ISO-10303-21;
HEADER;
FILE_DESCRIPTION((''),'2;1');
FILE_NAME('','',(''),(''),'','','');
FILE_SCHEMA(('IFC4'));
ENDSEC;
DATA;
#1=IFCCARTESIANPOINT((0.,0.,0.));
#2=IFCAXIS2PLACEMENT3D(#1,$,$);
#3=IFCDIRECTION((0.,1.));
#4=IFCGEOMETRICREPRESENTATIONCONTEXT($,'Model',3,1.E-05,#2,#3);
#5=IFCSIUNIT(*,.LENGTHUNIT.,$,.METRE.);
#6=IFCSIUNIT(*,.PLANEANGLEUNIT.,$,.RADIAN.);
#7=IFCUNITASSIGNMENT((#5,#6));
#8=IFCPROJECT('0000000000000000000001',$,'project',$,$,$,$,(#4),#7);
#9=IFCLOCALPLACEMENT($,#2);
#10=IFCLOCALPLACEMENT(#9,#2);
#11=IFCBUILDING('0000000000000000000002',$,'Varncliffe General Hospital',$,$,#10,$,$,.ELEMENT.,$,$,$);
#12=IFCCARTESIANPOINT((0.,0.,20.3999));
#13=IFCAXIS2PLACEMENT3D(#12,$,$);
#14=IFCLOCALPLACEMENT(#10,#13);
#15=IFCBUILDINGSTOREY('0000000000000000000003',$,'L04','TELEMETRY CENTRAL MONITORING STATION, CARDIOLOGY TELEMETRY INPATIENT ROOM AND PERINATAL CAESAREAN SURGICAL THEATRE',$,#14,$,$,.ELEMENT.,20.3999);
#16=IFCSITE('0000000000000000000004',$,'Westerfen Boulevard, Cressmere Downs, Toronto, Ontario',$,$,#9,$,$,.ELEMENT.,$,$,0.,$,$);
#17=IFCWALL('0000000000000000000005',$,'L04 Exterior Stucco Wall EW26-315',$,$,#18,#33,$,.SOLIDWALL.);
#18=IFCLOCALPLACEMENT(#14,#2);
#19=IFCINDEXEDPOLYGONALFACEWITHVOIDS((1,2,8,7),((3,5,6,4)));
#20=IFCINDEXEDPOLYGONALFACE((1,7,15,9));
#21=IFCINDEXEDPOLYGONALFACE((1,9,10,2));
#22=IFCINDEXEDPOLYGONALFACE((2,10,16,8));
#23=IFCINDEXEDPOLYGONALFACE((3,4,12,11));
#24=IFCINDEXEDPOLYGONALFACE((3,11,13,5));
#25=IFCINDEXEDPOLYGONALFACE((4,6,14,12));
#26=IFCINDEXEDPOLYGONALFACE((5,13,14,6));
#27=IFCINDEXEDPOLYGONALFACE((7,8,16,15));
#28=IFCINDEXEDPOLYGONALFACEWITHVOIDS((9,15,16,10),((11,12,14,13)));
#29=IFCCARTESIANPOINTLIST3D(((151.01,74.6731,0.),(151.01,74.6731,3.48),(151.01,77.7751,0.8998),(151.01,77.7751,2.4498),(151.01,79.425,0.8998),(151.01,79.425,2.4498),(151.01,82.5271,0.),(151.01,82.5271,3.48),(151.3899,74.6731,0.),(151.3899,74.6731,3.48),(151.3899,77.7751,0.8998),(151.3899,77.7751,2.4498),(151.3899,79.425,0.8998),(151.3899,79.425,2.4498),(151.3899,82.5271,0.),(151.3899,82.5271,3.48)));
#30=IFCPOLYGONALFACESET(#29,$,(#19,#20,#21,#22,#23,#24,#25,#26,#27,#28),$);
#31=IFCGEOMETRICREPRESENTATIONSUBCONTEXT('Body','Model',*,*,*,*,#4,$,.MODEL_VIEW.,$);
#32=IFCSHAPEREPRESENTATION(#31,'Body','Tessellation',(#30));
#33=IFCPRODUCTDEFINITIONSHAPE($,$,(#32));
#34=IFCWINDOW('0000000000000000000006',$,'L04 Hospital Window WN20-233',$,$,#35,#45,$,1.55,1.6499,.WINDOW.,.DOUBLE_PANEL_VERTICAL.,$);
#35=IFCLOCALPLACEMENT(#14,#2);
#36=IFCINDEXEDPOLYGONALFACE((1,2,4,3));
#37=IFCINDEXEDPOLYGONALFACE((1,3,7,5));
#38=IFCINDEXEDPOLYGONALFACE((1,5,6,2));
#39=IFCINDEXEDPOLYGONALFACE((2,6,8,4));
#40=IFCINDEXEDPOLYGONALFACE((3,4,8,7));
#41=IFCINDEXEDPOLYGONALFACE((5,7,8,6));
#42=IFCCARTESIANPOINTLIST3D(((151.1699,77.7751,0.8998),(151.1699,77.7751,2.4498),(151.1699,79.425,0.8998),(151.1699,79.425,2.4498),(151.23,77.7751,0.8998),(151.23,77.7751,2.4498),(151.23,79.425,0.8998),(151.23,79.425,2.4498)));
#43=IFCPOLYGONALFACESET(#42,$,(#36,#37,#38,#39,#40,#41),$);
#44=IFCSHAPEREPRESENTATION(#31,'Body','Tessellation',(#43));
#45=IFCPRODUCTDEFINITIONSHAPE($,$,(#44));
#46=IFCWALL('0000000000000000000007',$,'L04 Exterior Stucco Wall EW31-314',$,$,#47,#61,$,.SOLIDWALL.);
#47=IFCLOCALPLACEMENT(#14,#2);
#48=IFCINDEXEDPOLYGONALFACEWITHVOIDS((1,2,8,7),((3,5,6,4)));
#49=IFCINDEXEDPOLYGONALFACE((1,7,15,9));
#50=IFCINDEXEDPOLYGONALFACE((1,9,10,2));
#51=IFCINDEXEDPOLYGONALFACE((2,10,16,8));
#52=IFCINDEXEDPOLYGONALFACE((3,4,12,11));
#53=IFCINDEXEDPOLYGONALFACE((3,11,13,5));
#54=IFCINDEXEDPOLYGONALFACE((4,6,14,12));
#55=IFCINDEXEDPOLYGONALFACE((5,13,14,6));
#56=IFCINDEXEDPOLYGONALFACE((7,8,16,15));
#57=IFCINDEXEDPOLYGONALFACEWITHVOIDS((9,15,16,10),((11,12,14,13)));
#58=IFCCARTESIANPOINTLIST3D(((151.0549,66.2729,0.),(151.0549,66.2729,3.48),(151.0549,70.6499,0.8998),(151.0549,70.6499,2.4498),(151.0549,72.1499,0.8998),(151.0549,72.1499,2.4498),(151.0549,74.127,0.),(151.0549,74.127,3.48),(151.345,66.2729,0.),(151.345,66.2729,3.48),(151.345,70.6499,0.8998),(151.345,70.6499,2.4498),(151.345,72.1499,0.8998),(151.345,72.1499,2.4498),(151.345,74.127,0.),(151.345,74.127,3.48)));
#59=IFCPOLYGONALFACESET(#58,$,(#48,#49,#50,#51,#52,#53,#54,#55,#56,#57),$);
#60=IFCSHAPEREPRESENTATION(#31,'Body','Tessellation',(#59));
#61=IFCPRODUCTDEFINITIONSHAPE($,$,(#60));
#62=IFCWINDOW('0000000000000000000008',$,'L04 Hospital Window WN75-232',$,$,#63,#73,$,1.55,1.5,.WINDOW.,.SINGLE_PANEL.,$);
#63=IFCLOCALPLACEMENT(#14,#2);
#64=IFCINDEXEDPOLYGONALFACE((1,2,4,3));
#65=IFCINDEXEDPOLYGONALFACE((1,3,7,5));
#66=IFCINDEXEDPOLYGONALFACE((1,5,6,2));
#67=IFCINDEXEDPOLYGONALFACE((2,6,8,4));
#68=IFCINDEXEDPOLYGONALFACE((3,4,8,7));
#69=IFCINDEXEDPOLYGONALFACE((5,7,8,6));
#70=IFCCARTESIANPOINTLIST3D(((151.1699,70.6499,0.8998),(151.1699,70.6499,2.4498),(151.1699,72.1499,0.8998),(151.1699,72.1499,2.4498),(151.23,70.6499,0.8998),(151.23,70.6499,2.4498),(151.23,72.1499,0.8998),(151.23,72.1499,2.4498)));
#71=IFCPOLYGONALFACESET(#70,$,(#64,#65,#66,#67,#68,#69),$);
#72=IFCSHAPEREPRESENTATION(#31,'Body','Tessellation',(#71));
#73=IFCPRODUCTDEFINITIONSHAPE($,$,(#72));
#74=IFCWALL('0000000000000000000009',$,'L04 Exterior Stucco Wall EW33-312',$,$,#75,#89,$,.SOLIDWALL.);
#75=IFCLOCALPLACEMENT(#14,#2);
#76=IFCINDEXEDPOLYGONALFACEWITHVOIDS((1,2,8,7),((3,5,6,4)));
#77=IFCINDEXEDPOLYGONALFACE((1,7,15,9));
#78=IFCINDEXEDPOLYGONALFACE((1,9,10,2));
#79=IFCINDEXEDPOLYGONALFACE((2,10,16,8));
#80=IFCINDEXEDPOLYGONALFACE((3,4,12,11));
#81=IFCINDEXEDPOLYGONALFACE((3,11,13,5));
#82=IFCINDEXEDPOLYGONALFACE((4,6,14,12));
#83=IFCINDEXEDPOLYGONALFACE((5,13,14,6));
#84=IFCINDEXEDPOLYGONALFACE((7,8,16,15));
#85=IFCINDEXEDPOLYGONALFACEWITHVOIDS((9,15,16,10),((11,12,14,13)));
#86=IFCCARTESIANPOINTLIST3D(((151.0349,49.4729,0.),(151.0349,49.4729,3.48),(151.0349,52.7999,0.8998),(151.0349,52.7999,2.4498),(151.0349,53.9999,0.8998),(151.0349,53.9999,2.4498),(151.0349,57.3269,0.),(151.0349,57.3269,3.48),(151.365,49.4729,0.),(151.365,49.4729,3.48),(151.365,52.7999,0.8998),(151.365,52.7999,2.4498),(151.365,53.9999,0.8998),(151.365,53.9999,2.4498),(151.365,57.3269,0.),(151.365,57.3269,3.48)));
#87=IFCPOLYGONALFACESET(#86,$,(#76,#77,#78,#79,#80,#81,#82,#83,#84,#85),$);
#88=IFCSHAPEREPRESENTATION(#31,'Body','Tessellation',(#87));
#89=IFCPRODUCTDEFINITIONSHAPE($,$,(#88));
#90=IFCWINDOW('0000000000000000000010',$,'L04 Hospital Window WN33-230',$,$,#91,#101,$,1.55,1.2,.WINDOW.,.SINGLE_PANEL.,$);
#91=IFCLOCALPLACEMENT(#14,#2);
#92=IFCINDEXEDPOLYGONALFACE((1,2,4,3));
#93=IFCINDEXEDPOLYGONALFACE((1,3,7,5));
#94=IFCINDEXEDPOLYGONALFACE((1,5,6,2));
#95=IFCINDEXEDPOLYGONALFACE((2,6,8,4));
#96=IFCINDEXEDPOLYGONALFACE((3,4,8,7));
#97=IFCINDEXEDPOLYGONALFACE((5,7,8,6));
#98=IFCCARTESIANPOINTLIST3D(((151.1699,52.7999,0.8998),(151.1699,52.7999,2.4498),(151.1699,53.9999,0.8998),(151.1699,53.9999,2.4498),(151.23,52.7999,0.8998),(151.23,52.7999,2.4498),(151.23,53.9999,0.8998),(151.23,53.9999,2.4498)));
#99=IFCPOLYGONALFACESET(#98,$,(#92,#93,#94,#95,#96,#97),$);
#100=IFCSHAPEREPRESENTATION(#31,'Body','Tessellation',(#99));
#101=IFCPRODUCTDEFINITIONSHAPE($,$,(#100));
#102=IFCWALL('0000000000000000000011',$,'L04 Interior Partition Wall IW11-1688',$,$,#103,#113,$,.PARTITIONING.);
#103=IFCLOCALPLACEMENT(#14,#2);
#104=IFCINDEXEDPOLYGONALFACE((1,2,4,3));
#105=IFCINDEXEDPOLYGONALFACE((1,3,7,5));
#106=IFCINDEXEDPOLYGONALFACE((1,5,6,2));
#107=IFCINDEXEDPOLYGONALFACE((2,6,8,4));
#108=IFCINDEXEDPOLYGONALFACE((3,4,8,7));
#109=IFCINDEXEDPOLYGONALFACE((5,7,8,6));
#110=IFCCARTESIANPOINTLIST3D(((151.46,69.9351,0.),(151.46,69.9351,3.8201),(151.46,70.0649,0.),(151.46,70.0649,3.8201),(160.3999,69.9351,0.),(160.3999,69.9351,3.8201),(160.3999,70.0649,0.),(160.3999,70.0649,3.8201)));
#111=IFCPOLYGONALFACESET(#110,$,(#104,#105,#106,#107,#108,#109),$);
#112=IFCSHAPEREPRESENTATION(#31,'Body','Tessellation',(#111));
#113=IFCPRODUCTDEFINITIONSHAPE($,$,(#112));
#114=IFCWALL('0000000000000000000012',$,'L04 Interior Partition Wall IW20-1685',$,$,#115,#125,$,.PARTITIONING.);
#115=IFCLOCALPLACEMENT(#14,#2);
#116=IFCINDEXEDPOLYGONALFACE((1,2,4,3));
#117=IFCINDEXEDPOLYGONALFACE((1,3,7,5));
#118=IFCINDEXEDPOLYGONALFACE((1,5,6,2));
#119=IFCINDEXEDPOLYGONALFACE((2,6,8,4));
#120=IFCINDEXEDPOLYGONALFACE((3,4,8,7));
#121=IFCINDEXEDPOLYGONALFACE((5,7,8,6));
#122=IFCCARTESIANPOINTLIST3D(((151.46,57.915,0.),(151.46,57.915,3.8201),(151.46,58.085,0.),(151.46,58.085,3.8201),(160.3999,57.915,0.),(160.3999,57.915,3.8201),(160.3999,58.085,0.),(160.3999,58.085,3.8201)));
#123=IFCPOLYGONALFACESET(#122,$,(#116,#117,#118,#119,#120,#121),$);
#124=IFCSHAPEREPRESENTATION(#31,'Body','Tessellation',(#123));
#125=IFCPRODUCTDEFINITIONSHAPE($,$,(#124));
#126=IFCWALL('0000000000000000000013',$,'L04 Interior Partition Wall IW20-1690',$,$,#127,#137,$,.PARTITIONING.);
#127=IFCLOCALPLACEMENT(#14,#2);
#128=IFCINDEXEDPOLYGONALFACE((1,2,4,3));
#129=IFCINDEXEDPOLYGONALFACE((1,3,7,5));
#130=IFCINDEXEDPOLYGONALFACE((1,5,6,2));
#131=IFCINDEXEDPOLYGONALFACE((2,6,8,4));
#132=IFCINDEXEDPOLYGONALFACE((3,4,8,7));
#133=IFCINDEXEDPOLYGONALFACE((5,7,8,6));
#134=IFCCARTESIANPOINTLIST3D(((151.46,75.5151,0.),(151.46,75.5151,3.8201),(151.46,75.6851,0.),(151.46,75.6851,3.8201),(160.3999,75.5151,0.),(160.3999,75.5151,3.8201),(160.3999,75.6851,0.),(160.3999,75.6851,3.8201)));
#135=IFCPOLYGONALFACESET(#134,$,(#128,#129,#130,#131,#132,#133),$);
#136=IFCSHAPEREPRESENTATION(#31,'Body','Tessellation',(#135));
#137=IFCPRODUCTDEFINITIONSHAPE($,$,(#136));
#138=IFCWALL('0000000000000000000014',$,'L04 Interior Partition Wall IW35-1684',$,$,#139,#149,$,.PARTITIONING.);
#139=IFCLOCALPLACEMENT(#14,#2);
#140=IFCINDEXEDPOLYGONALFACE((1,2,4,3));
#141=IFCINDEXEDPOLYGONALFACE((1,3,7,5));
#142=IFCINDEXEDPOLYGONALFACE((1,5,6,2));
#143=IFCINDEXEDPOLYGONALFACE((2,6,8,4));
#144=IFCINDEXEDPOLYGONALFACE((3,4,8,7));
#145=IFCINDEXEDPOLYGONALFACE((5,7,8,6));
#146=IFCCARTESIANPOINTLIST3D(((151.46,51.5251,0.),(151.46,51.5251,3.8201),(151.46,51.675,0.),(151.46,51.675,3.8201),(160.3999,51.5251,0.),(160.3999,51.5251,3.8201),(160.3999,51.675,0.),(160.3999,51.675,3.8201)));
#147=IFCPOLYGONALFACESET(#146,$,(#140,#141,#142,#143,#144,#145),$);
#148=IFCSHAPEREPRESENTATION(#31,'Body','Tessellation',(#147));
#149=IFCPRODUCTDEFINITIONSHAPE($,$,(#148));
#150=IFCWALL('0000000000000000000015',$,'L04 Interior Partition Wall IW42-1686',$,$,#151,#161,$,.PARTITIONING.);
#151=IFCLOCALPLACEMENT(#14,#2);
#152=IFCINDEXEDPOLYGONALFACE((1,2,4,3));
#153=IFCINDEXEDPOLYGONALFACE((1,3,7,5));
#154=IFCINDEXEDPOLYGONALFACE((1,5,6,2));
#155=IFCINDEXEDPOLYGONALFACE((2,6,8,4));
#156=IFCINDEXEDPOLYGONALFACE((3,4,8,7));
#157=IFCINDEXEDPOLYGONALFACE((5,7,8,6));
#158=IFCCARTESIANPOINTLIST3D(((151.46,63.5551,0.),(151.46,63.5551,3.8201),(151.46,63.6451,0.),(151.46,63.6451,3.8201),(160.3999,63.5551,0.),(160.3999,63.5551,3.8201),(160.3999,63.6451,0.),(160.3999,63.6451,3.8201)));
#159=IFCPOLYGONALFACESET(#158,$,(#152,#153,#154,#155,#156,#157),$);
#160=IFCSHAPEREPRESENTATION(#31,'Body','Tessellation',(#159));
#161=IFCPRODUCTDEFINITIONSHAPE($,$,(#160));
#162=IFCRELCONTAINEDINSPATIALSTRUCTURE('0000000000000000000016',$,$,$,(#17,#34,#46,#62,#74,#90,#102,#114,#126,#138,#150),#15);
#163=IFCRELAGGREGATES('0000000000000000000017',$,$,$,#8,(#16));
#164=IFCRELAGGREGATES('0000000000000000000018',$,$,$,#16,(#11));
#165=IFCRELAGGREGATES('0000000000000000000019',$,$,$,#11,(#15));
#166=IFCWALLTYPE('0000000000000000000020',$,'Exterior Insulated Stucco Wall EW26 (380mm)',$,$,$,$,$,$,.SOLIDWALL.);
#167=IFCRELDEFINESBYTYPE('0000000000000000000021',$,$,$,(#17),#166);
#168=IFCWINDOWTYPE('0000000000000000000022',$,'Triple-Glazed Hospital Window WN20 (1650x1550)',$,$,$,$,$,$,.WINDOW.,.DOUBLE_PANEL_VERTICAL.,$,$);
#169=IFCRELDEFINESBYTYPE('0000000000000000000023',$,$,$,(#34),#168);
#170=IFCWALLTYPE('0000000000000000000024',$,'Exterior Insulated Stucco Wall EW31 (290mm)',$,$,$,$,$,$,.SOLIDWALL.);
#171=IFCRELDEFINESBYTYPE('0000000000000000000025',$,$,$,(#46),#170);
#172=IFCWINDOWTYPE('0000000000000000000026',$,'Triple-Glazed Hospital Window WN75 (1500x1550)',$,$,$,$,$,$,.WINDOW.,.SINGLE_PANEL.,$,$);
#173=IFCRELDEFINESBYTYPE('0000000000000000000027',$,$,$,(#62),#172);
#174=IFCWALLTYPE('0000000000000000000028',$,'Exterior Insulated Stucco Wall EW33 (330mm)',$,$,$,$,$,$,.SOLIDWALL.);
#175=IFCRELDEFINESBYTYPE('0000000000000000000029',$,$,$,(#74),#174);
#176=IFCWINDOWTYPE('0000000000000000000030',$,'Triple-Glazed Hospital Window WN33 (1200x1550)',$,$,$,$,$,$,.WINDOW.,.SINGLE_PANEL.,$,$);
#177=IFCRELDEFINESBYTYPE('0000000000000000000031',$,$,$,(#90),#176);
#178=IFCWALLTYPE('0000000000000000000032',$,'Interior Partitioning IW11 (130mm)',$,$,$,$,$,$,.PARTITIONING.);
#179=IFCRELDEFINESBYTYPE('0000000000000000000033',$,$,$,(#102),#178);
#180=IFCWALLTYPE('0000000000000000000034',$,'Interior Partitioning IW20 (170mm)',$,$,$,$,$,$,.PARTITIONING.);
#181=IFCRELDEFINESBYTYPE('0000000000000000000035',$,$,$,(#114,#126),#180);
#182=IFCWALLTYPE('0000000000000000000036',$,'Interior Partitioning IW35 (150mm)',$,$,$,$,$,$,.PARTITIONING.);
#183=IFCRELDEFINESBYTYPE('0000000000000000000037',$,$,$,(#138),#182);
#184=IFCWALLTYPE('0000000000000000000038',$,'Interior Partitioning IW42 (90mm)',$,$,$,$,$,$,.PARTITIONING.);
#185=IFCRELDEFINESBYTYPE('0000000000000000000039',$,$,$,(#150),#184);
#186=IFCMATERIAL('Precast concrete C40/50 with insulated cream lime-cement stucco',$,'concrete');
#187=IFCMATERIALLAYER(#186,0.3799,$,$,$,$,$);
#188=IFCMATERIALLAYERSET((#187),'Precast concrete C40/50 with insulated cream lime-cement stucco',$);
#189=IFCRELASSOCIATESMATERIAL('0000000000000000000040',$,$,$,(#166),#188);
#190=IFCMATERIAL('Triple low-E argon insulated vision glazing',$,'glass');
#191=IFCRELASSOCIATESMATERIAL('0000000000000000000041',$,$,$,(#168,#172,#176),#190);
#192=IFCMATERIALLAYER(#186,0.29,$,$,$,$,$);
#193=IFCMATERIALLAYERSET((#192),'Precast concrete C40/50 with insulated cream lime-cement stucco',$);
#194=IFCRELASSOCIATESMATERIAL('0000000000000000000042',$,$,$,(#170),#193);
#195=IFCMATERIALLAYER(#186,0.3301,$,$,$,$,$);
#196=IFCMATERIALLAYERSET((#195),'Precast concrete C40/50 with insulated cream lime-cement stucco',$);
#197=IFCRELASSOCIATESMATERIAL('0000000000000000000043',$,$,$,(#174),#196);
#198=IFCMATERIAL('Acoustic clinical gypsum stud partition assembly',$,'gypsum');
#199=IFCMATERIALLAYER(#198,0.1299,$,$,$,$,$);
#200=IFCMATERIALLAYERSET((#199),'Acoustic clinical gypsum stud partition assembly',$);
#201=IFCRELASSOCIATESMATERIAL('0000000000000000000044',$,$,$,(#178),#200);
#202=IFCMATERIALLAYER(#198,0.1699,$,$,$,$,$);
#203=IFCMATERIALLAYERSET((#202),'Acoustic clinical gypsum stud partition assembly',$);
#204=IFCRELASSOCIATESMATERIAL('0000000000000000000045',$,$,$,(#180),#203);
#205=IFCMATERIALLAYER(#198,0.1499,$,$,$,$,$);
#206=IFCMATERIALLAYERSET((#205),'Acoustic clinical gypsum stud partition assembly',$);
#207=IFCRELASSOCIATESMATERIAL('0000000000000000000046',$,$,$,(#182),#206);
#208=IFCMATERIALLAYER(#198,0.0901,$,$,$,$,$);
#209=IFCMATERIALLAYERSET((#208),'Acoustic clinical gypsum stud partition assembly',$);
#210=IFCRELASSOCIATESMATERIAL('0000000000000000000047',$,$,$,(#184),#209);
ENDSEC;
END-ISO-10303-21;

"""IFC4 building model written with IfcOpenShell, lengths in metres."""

from ifc_helpers import new_model, si_unit, direction, frame, frame_2d, origin, place, context, subcontext, project, spatial, rectangle, extrude, material, layer, layer_set, type_object, element, fill, save


model = new_model("IFC4")

# Units and contexts
model_context = context("Model", 3, precision=1e-05, world=origin(), true_north=direction((0.0, 1.0)))
body_context = subcontext(model_context, "Body", "Model", "MODEL_VIEW")
ifc_project = project(units=[si_unit("LENGTHUNIT", "METRE"), si_unit("PLANEANGLEUNIT", "RADIAN")], contexts=[model_context])

# Site, building, storey
site_placement = place(None, origin())
site = spatial("IfcSite", under=ifc_project, at=site_placement, Name="Westerfen Boulevard, Cressmere Downs, Toronto, Ontario", CompositionType="ELEMENT", RefElevation=0.0)
building_placement = place(site_placement, origin())
building = spatial("IfcBuilding", under=site, at=building_placement, Name="Varncliffe General Hospital", CompositionType="ELEMENT")
storey_placement = place(building_placement, frame((0.0, 0.0, 20.3999)))
storey = spatial("IfcBuildingStorey", under=building, at=storey_placement, Name="L04", Description="TELEMETRY CENTRAL MONITORING STATION, CARDIOLOGY TELEMETRY INPATIENT ROOM AND PERINATAL CAESAREAN SURGICAL THEATRE", CompositionType="ELEMENT", Elevation=20.3999)

# Walls, openings, windows
ifc_material_1 = material(Name="Precast concrete C40/50 with insulated cream lime-cement stucco", Category="concrete")
ifc_material_2 = material(Name="Triple low-E argon insulated vision glazing", Category="glass")
ifc_layer_1 = layer(ifc_material_1, 0.3799)
ifc_layer_set_1 = layer_set([ifc_layer_1], Name="Precast concrete C40/50 with insulated cream lime-cement stucco")
wall_type_1 = type_object("IfcWallType", Name="Exterior Insulated Stucco Wall EW26 (380mm)", PredefinedType="SOLIDWALL", material=ifc_layer_set_1)
wall_1_placement = place(storey_placement, frame((151.2, 74.6731, 0.0), z_axis=(0.0, 0.0, 1.0), x_axis=(0.0, 1.0, 0.0)))
wall_1 = element("IfcWall", 1, at=wall_1_placement, inside=storey, type_object=wall_type_1, Name="L04 Exterior Stucco Wall EW26-315", PredefinedType="SOLIDWALL", context=body_context, shape_type="SweptSolid", body=[
    extrude(rectangle(XDim=7.854, YDim=0.3799, at=frame_2d((3.927, 0.0))), origin(), (0.0, 0.0, 1.0), 3.48),
])
opening_1_placement = place(wall_1_placement, frame((3.1021, 0.0, 0.8999)))
opening_1 = element("IfcOpeningElement", 2, at=opening_1_placement, cuts=wall_1, PredefinedType="OPENING", context=body_context, shape_type="SweptSolid", body=[
    extrude(rectangle(XDim=1.6499, YDim=1.55, at=frame_2d((0.825, 0.7749))), frame((0.0, 0.2, 0.0), z_axis=(0.0, -1.0, 0.0), x_axis=(1.0, 0.0, 0.0)), (0.0, 0.0, 1.0), 0.3999),
])
window_type_1 = type_object("IfcWindowType", Name="Triple-Glazed Hospital Window WN20 (1650x1550)", PartitioningType="DOUBLE_PANEL_VERTICAL", PredefinedType="WINDOW", material=ifc_material_2)
window_1_placement = place(opening_1_placement, origin())
window_1 = element("IfcWindow", 3, at=window_1_placement, inside=storey, type_object=window_type_1, Name="L04 Hospital Window WN20-233", OverallHeight=1.55, OverallWidth=1.6499, PartitioningType="DOUBLE_PANEL_VERTICAL", PredefinedType="WINDOW", context=body_context, shape_type="SweptSolid", body=[
    extrude(rectangle(XDim=1.6499, YDim=1.55, at=frame_2d((0.825, 0.7749))), frame((0.0, 0.03, 0.0), z_axis=(0.0, -1.0, 0.0), x_axis=(1.0, 0.0, 0.0)), (0.0, 0.0, 1.0), 0.0601),
])
fill(opening_1, window_1)
ifc_layer_2 = layer(ifc_material_1, 0.29)
ifc_layer_set_2 = layer_set([ifc_layer_2], Name="Precast concrete C40/50 with insulated cream lime-cement stucco")
wall_type_2 = type_object("IfcWallType", Name="Exterior Insulated Stucco Wall EW31 (290mm)", PredefinedType="SOLIDWALL", material=ifc_layer_set_2)
wall_2_placement = place(storey_placement, frame((151.2, 66.2729, 0.0), z_axis=(0.0, 0.0, 1.0), x_axis=(0.0, 1.0, 0.0)))
wall_2 = element("IfcWall", 4, at=wall_2_placement, inside=storey, type_object=wall_type_2, Name="L04 Exterior Stucco Wall EW31-314", PredefinedType="SOLIDWALL", context=body_context, shape_type="SweptSolid", body=[
    extrude(rectangle(XDim=7.854, YDim=0.29, at=frame_2d((3.927, 0.0))), origin(), (0.0, 0.0, 1.0), 3.48),
])
opening_2_placement = place(wall_2_placement, frame((4.377, 0.0, 0.8999)))
opening_2 = element("IfcOpeningElement", 5, at=opening_2_placement, cuts=wall_2, PredefinedType="OPENING", context=body_context, shape_type="SweptSolid", body=[
    extrude(rectangle(XDim=1.5, YDim=1.55, at=frame_2d((0.75, 0.7749))), frame((0.0, 0.155, 0.0), z_axis=(0.0, -1.0, 0.0), x_axis=(1.0, 0.0, 0.0)), (0.0, 0.0, 1.0), 0.3101),
])
window_type_2 = type_object("IfcWindowType", Name="Triple-Glazed Hospital Window WN75 (1500x1550)", PartitioningType="SINGLE_PANEL", PredefinedType="WINDOW", material=ifc_material_2)
window_2_placement = place(opening_2_placement, origin())
window_2 = element("IfcWindow", 6, at=window_2_placement, inside=storey, type_object=window_type_2, Name="L04 Hospital Window WN75-232", OverallHeight=1.55, OverallWidth=1.5, PartitioningType="SINGLE_PANEL", PredefinedType="WINDOW", context=body_context, shape_type="SweptSolid", body=[
    extrude(rectangle(XDim=1.5, YDim=1.55, at=frame_2d((0.75, 0.7749))), frame((0.0, 0.03, 0.0), z_axis=(0.0, -1.0, 0.0), x_axis=(1.0, 0.0, 0.0)), (0.0, 0.0, 1.0), 0.0601),
])
fill(opening_2, window_2)
ifc_layer_3 = layer(ifc_material_1, 0.3301)
ifc_layer_set_3 = layer_set([ifc_layer_3], Name="Precast concrete C40/50 with insulated cream lime-cement stucco")
wall_type_3 = type_object("IfcWallType", Name="Exterior Insulated Stucco Wall EW33 (330mm)", PredefinedType="SOLIDWALL", material=ifc_layer_set_3)
wall_3_placement = place(storey_placement, frame((151.2, 49.4729, 0.0), z_axis=(0.0, 0.0, 1.0), x_axis=(0.0, 1.0, 0.0)))
wall_3 = element("IfcWall", 7, at=wall_3_placement, inside=storey, type_object=wall_type_3, Name="L04 Exterior Stucco Wall EW33-312", PredefinedType="SOLIDWALL", context=body_context, shape_type="SweptSolid", body=[
    extrude(rectangle(XDim=7.854, YDim=0.3301, at=frame_2d((3.927, 0.0))), origin(), (0.0, 0.0, 1.0), 3.48),
])
opening_3_placement = place(wall_3_placement, frame((3.3269, 0.0, 0.8999)))
opening_3 = element("IfcOpeningElement", 8, at=opening_3_placement, cuts=wall_3, PredefinedType="OPENING", context=body_context, shape_type="SweptSolid", body=[
    extrude(rectangle(XDim=1.2, YDim=1.55, at=frame_2d((0.6001, 0.7749))), frame((0.0, 0.175, 0.0), z_axis=(0.0, -1.0, 0.0), x_axis=(1.0, 0.0, 0.0)), (0.0, 0.0, 1.0), 0.3501),
])
window_type_3 = type_object("IfcWindowType", Name="Triple-Glazed Hospital Window WN33 (1200x1550)", PartitioningType="SINGLE_PANEL", PredefinedType="WINDOW", material=ifc_material_2)
window_3_placement = place(opening_3_placement, origin())
window_3 = element("IfcWindow", 9, at=window_3_placement, inside=storey, type_object=window_type_3, Name="L04 Hospital Window WN33-230", OverallHeight=1.55, OverallWidth=1.2, PartitioningType="SINGLE_PANEL", PredefinedType="WINDOW", context=body_context, shape_type="SweptSolid", body=[
    extrude(rectangle(XDim=1.2, YDim=1.55, at=frame_2d((0.6001, 0.7749))), frame((0.0, 0.03, 0.0), z_axis=(0.0, -1.0, 0.0), x_axis=(1.0, 0.0, 0.0)), (0.0, 0.0, 1.0), 0.0601),
])
fill(opening_3, window_3)

# Walls
ifc_material_3 = material(Name="Acoustic clinical gypsum stud partition assembly", Category="gypsum")
ifc_layer_4 = layer(ifc_material_3, 0.1299)
ifc_layer_set_4 = layer_set([ifc_layer_4], Name="Acoustic clinical gypsum stud partition assembly")
wall_type_4 = type_object("IfcWallType", Name="Interior Partitioning IW11 (130mm)", PredefinedType="PARTITIONING", material=ifc_layer_set_4)
wall_4_placement = place(storey_placement, frame((151.46, 70.0, 0.0), z_axis=(0.0, 0.0, 1.0), x_axis=(1.0, 0.0, 0.0)))
element("IfcWall", 10, at=wall_4_placement, inside=storey, type_object=wall_type_4, Name="L04 Interior Partition Wall IW11-1688", PredefinedType="PARTITIONING", context=body_context, shape_type="SweptSolid", body=[
    extrude(rectangle(XDim=8.9399, YDim=0.1299, at=frame_2d((4.47, 0.0))), origin(), (0.0, 0.0, 1.0), 3.8201),
])
ifc_layer_5 = layer(ifc_material_3, 0.1699)
ifc_layer_set_5 = layer_set([ifc_layer_5], Name="Acoustic clinical gypsum stud partition assembly")
wall_type_5 = type_object("IfcWallType", Name="Interior Partitioning IW20 (170mm)", PredefinedType="PARTITIONING", material=ifc_layer_set_5)
for number, where, z_axis, x_axis, name in (
    (11, (151.46, 58.0, 0.0), (0.0, 0.0, 1.0), (1.0, 0.0, 0.0), "L04 Interior Partition Wall IW20-1685"),
    (12, (151.46, 75.6001, 0.0), (0.0, 0.0, 1.0), (1.0, 0.0, 0.0), "L04 Interior Partition Wall IW20-1690"),
):
    element("IfcWall", number, at=place(storey_placement, frame(where, z_axis=z_axis, x_axis=x_axis)), inside=storey, type_object=wall_type_5, Name=name, PredefinedType="PARTITIONING", context=body_context, shape_type="SweptSolid", body=[
        extrude(rectangle(XDim=8.9399, YDim=0.1699, at=frame_2d((4.47, 0.0))), origin(), (0.0, 0.0, 1.0), 3.8201),
    ])
ifc_layer_6 = layer(ifc_material_3, 0.1499)
ifc_layer_set_6 = layer_set([ifc_layer_6], Name="Acoustic clinical gypsum stud partition assembly")
wall_type_6 = type_object("IfcWallType", Name="Interior Partitioning IW35 (150mm)", PredefinedType="PARTITIONING", material=ifc_layer_set_6)
wall_5_placement = place(storey_placement, frame((151.46, 51.6001, 0.0), z_axis=(0.0, 0.0, 1.0), x_axis=(1.0, 0.0, 0.0)))
element("IfcWall", 13, at=wall_5_placement, inside=storey, type_object=wall_type_6, Name="L04 Interior Partition Wall IW35-1684", PredefinedType="PARTITIONING", context=body_context, shape_type="SweptSolid", body=[
    extrude(rectangle(XDim=8.9399, YDim=0.1499, at=frame_2d((4.47, 0.0))), origin(), (0.0, 0.0, 1.0), 3.8201),
])
ifc_layer_7 = layer(ifc_material_3, 0.0901)
ifc_layer_set_7 = layer_set([ifc_layer_7], Name="Acoustic clinical gypsum stud partition assembly")
wall_type_7 = type_object("IfcWallType", Name="Interior Partitioning IW42 (90mm)", PredefinedType="PARTITIONING", material=ifc_layer_set_7)
wall_6_placement = place(storey_placement, frame((151.46, 63.6001, 0.0), z_axis=(0.0, 0.0, 1.0), x_axis=(1.0, 0.0, 0.0)))
element("IfcWall", 14, at=wall_6_placement, inside=storey, type_object=wall_type_7, Name="L04 Interior Partition Wall IW42-1686", PredefinedType="PARTITIONING", context=body_context, shape_type="SweptSolid", body=[
    extrude(rectangle(XDim=8.9399, YDim=0.0901, at=frame_2d((4.47, 0.0))), origin(), (0.0, 0.0, 1.0), 3.8201),
])

save(model, "model.ifc")
